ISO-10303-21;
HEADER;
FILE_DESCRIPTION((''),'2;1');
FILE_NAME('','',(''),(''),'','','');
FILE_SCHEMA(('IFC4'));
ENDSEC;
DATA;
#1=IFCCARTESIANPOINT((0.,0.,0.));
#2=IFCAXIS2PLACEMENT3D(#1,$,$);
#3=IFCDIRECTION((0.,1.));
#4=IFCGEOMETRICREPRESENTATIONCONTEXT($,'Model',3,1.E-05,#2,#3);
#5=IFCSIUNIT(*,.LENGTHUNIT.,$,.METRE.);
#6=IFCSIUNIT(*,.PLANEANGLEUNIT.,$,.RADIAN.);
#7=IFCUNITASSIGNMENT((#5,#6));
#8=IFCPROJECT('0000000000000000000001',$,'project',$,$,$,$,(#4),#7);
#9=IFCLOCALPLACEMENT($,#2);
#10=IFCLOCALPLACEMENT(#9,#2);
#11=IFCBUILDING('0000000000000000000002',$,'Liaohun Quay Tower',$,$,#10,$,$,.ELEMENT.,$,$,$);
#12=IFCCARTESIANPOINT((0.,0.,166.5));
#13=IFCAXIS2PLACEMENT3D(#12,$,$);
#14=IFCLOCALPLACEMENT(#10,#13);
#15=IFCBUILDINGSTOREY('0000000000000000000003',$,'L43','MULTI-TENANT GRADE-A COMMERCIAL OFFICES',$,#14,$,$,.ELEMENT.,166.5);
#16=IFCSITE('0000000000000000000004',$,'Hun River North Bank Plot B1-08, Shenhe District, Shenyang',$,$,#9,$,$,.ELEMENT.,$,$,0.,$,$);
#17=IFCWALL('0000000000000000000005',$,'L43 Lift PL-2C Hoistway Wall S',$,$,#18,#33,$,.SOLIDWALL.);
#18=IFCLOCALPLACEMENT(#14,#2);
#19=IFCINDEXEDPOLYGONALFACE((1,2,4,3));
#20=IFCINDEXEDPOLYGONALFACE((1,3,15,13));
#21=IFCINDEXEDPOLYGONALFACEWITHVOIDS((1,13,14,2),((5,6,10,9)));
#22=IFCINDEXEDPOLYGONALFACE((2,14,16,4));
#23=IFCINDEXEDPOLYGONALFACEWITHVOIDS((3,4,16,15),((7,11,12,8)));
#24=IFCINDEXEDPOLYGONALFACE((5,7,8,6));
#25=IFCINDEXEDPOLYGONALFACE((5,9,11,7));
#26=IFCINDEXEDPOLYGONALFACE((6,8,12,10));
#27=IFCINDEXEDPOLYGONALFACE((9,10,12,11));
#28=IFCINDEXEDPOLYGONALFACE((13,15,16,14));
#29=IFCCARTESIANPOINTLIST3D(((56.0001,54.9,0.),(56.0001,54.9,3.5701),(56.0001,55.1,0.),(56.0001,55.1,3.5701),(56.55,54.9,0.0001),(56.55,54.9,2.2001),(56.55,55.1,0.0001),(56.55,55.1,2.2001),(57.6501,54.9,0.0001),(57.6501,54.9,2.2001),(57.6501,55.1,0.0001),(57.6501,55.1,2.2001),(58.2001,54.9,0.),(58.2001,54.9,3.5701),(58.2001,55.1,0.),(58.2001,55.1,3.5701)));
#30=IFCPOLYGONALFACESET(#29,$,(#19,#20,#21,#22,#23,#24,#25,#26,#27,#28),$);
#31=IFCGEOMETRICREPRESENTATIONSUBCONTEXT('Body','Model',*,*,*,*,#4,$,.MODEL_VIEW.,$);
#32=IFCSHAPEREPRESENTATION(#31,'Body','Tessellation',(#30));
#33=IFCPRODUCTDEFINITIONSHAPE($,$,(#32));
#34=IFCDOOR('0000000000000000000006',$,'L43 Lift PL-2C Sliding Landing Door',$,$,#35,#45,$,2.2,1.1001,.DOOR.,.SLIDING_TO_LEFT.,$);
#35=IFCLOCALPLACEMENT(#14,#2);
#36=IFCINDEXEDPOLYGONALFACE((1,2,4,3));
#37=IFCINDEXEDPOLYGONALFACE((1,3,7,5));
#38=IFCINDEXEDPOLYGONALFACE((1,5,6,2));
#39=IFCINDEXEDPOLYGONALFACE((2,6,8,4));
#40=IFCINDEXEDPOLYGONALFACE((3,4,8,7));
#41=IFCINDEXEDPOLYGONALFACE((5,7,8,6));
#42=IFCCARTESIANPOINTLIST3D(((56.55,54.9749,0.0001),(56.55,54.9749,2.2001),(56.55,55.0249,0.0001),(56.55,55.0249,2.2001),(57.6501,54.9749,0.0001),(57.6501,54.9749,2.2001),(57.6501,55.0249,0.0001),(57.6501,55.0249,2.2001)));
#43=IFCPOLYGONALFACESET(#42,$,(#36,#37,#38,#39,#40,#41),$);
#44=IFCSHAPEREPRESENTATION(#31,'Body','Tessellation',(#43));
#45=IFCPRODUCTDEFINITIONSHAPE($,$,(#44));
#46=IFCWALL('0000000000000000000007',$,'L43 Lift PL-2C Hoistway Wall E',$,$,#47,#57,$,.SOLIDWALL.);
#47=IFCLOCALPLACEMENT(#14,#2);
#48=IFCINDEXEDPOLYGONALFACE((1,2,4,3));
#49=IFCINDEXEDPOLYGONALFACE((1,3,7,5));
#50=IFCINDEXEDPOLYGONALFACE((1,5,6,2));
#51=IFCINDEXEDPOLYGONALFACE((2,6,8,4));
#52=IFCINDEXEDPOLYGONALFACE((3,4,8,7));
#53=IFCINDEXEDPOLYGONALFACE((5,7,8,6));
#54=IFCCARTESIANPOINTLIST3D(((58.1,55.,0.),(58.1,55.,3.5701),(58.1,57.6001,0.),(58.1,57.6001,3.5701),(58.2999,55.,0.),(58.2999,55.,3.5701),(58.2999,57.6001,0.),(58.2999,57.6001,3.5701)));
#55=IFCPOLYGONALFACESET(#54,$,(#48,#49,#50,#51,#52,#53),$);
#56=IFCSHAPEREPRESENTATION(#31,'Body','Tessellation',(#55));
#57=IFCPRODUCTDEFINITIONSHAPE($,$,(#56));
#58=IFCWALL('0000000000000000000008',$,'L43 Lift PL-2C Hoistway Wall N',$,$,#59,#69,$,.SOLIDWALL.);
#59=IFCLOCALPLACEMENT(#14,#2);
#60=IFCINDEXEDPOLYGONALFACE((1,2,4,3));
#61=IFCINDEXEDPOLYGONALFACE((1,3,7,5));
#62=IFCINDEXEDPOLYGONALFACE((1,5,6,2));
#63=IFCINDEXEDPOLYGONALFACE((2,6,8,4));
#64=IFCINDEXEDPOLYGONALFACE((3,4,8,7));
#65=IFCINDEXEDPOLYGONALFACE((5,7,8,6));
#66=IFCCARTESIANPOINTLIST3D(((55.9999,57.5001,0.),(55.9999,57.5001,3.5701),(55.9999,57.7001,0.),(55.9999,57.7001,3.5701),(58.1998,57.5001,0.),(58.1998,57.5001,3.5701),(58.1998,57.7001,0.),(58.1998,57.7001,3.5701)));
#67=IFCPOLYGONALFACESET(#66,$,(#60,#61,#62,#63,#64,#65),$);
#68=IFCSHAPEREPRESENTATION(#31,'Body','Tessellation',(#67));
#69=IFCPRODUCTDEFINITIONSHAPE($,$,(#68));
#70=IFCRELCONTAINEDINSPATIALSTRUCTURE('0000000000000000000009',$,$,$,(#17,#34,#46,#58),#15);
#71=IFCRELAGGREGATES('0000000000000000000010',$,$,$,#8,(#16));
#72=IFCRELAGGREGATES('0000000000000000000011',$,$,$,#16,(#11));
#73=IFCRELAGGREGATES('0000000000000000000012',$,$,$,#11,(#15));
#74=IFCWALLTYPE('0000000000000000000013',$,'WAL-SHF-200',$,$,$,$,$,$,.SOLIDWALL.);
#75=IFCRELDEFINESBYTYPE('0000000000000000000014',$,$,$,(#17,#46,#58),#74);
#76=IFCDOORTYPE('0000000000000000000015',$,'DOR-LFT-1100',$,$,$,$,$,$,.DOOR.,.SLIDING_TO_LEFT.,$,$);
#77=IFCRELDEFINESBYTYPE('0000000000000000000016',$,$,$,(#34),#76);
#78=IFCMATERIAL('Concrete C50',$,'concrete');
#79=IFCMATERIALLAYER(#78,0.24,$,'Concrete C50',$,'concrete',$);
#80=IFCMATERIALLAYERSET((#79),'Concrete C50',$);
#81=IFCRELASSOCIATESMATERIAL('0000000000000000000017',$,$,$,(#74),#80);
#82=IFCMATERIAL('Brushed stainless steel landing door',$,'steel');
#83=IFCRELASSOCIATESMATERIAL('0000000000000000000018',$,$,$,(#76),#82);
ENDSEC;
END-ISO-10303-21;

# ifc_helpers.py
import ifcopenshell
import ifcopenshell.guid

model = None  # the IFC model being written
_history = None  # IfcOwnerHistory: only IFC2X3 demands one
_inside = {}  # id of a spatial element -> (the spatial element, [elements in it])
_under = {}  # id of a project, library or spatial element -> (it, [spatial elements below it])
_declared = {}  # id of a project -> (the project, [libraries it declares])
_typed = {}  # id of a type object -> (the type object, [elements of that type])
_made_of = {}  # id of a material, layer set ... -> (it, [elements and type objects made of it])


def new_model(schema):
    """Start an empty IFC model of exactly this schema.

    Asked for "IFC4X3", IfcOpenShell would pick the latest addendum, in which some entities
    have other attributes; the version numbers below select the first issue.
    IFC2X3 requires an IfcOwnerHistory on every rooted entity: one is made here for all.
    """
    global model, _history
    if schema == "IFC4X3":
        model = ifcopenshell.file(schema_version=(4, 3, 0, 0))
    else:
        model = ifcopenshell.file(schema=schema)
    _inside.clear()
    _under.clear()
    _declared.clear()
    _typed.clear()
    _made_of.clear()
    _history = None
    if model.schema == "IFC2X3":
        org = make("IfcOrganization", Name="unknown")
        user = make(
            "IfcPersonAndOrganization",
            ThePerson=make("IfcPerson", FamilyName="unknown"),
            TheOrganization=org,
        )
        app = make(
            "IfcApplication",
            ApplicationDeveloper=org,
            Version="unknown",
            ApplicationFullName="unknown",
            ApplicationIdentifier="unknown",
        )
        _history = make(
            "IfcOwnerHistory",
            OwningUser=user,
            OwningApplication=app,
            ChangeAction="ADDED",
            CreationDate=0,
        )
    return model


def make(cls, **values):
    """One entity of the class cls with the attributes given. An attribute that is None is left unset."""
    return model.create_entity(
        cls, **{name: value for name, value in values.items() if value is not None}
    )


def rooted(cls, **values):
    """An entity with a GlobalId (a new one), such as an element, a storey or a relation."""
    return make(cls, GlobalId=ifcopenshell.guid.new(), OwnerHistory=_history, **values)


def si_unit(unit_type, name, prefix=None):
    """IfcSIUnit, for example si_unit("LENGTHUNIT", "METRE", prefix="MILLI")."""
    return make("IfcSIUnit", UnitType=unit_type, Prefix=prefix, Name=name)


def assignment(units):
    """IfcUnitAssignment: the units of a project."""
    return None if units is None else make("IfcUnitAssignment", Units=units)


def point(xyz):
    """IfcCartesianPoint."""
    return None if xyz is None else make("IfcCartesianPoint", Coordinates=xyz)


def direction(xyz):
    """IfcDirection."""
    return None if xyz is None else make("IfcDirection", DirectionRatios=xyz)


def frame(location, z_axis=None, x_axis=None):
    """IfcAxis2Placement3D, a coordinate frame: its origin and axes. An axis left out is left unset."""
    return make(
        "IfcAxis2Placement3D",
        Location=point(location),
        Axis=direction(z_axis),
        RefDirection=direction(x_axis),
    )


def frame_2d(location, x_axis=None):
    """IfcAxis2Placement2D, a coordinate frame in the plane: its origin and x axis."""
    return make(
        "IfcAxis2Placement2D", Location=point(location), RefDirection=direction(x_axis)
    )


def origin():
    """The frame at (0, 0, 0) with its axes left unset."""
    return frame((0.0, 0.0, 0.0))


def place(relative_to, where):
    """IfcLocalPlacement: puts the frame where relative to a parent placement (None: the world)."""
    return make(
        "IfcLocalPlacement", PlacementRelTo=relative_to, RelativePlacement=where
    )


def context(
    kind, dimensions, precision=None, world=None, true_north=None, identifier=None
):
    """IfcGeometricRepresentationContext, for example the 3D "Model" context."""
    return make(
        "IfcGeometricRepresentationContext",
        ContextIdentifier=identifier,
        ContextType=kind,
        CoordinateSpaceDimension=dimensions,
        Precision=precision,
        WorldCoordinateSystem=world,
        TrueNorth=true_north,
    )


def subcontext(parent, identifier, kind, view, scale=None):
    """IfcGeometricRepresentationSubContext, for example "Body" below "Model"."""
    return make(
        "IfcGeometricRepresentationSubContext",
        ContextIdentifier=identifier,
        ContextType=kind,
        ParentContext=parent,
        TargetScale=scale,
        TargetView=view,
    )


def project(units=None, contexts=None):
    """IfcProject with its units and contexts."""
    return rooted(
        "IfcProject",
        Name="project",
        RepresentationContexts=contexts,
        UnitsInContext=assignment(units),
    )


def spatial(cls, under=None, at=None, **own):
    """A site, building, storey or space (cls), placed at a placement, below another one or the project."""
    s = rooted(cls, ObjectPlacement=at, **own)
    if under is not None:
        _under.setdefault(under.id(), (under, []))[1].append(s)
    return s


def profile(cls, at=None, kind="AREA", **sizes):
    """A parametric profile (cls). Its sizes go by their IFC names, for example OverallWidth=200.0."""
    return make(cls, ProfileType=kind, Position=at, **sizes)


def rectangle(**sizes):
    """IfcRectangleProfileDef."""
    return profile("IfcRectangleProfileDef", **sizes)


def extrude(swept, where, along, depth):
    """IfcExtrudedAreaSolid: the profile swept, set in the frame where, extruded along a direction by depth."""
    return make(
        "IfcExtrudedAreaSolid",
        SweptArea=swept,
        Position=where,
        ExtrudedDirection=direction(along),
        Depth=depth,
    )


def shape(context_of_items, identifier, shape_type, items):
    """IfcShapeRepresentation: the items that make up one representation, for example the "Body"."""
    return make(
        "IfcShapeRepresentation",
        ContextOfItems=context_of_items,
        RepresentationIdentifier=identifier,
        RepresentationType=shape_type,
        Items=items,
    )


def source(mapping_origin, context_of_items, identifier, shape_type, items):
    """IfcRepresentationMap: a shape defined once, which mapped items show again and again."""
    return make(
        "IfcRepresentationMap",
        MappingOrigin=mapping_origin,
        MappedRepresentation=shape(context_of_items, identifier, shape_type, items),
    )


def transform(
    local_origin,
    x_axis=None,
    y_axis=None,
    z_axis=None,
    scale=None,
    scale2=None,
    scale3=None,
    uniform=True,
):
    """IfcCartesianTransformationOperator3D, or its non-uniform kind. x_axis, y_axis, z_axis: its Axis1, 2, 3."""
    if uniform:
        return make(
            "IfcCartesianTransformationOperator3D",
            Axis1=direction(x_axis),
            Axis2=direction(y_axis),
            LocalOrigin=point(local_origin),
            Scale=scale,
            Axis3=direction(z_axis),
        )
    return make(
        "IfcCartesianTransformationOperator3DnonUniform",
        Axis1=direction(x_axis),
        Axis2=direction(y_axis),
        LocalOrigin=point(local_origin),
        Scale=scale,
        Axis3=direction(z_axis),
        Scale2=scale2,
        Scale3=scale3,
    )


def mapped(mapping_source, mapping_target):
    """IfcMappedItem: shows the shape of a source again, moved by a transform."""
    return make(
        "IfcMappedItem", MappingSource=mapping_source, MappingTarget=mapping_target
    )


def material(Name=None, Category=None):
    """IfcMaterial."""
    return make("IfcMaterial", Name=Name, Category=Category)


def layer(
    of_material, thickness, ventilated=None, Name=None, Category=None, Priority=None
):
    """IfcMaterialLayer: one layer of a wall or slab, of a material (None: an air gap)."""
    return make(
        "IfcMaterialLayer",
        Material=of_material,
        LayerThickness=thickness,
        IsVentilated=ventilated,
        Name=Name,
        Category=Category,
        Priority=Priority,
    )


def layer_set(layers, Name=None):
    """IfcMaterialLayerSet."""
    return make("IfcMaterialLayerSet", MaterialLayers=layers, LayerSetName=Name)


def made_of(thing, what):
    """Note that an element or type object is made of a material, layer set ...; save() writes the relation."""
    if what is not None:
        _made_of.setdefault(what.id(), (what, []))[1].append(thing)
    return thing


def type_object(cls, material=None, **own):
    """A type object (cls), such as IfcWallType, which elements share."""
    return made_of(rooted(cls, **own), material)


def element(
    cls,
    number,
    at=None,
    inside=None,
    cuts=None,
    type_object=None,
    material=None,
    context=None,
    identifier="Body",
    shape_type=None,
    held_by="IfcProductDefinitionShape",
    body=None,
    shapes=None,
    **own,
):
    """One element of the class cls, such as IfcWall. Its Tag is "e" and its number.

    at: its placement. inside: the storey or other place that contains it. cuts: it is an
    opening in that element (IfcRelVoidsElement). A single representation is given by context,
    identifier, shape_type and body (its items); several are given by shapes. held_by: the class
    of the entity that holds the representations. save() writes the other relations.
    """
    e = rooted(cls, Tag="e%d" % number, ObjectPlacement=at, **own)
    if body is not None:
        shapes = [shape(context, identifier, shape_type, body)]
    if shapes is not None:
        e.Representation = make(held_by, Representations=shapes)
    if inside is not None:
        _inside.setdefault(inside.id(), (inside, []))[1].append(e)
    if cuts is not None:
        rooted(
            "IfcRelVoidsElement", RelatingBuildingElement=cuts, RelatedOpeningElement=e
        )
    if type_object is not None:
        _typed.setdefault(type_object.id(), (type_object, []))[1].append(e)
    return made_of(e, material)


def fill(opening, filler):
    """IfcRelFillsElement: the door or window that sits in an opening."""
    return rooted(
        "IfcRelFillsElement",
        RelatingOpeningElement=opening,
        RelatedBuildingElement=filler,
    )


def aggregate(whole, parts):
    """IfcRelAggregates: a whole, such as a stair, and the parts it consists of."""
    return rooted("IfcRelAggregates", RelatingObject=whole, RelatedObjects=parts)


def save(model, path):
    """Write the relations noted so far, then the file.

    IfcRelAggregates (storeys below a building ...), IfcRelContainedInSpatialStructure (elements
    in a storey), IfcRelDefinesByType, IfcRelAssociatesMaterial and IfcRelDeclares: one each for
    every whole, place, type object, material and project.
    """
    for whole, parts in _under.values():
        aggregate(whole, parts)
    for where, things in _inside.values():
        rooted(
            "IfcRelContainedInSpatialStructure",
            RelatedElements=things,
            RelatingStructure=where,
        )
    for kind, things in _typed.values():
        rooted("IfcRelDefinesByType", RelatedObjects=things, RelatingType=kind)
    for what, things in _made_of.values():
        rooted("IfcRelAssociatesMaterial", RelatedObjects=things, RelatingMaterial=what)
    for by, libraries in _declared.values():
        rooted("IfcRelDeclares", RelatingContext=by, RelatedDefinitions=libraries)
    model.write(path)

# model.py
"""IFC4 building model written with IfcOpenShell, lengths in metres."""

from ifc_helpers import new_model, si_unit, direction, frame, frame_2d, origin, place, context, subcontext, project, spatial, rectangle, extrude, source, transform, mapped, material, layer, layer_set, type_object, element, fill, save


model = new_model("IFC4")

# Units and contexts
model_context = context("Model", 3, precision=1e-05, world=origin(), true_north=direction((0.0, 1.0)))
body_context = subcontext(model_context, "Body", "Model", "MODEL_VIEW")
ifc_project = project(units=[si_unit("LENGTHUNIT", "METRE"), si_unit("PLANEANGLEUNIT", "RADIAN")], contexts=[model_context])

# Site, building, storey
site_placement = place(None, origin())
site = spatial("IfcSite", under=ifc_project, at=site_placement, Name="Hun River North Bank Plot B1-08, Shenhe District, Shenyang", CompositionType="ELEMENT", RefElevation=0.0)
building_placement = place(site_placement, origin())
building = spatial("IfcBuilding", under=site, at=building_placement, Name="Liaohun Quay Tower", CompositionType="ELEMENT")
storey_placement = place(building_placement, frame((0.0, 0.0, 166.5)))
storey = spatial("IfcBuildingStorey", under=building, at=storey_placement, Name="L43", Description="MULTI-TENANT GRADE-A COMMERCIAL OFFICES", CompositionType="ELEMENT", Elevation=166.5)

# Shared definitions
ifc_material_1 = material(Name="Concrete C50", Category="concrete")
ifc_layer_1 = layer(ifc_material_1, 0.24, Name="Concrete C50", Category="concrete")
ifc_layer_set_1 = layer_set([ifc_layer_1], Name="Concrete C50")
wall_type_1 = type_object("IfcWallType", Name="WAL-SHF-200", PredefinedType="SOLIDWALL", material=ifc_layer_set_1)

# Shared definitions
shared_shape_1 = source(origin(), body_context, "Body", "SweptSolid", [
    extrude(rectangle(XDim=1.1001, YDim=2.2, at=frame_2d((0.55, 1.1001))), frame((0.0, 0.1099, 0.0), z_axis=(0.0, -1.0, 0.0), x_axis=(1.0, 0.0, 0.0)), (0.0, 0.0, 1.0), 0.22),
])
ifc_material_2 = material(Name="Brushed stainless steel landing door", Category="steel")
door_type_1 = type_object("IfcDoorType", Name="DOR-LFT-1100", OperationType="SLIDING_TO_LEFT", PredefinedType="DOOR", material=ifc_material_2)
shared_shape_2 = source(origin(), body_context, "Body", "SweptSolid", [
    extrude(rectangle(XDim=1.1001, YDim=2.2, at=frame_2d((0.55, 1.1001))), frame((0.0, 0.0249, 0.0), z_axis=(0.0, -1.0, 0.0), x_axis=(1.0, 0.0, 0.0)), (0.0, 0.0, 1.0), 0.05),
])

# Wall, opening, door
wall_1_placement = place(storey_placement, frame((56.0, 55.0, 0.0), z_axis=(0.0, 0.0, 1.0), x_axis=(1.0, 0.0, 0.0)))
wall_1 = element("IfcWall", 1, at=wall_1_placement, inside=storey, type_object=wall_type_1, Name="L43 Lift PL-2C Hoistway Wall S", PredefinedType="SOLIDWALL", context=body_context, shape_type="SweptSolid", body=[
    extrude(rectangle(XDim=2.2, YDim=0.2, at=frame_2d((1.1001, 0.0))), origin(), (0.0, 0.0, 1.0), 3.5701),
])
opening_1_placement = place(wall_1_placement, frame((0.55, 0.0, 0.0)))
opening_1 = element("IfcOpeningElement", 2, at=opening_1_placement, cuts=wall_1, PredefinedType="OPENING", context=body_context, shape_type="MappedRepresentation", body=[
    mapped(shared_shape_1, transform((0.0, 0.0, 0.0), x_axis=(1.0, 0.0, 0.0), y_axis=(0.0, 1.0, 0.0), z_axis=(0.0, 0.0, 1.0), scale=1.0)),
])
door_1_placement = place(opening_1_placement, origin())
door_1 = element("IfcDoor", 3, at=door_1_placement, inside=storey, type_object=door_type_1, Name="L43 Lift PL-2C Sliding Landing Door", OperationType="SLIDING_TO_LEFT", OverallHeight=2.2, OverallWidth=1.1001, PredefinedType="DOOR", context=body_context, shape_type="MappedRepresentation", body=[
    mapped(shared_shape_2, transform((0.0, 0.0, 0.0), x_axis=(1.0, 0.0, 0.0), y_axis=(0.0, 1.0, 0.0), z_axis=(0.0, 0.0, 1.0), scale=1.0)),
])
fill(opening_1, door_1)

# Walls
wall_2_placement = place(storey_placement, frame((58.2, 55.0, 0.0), z_axis=(0.0, 0.0, 1.0), x_axis=(0.0, 1.0, 0.0)))
element("IfcWall", 4, at=wall_2_placement, inside=storey, type_object=wall_type_1, Name="L43 Lift PL-2C Hoistway Wall E", PredefinedType="SOLIDWALL", context=body_context, shape_type="SweptSolid", body=[
    extrude(rectangle(XDim=2.6001, YDim=0.2, at=frame_2d((1.3, 0.0))), origin(), (0.0, 0.0, 1.0), 3.5701),
])
wall_3_placement = place(storey_placement, frame((58.2, 57.6001, 0.0), z_axis=(0.0, 0.0, 1.0), x_axis=(-1.0, 0.0, 0.0)))
element("IfcWall", 5, at=wall_3_placement, inside=storey, type_object=wall_type_1, Name="L43 Lift PL-2C Hoistway Wall N", PredefinedType="SOLIDWALL", context=body_context, shape_type="SweptSolid", body=[
    extrude(rectangle(XDim=2.2, YDim=0.2, at=frame_2d((1.1001, 0.0))), origin(), (0.0, 0.0, 1.0), 3.5701),
])

save(model, "model.ifc")
